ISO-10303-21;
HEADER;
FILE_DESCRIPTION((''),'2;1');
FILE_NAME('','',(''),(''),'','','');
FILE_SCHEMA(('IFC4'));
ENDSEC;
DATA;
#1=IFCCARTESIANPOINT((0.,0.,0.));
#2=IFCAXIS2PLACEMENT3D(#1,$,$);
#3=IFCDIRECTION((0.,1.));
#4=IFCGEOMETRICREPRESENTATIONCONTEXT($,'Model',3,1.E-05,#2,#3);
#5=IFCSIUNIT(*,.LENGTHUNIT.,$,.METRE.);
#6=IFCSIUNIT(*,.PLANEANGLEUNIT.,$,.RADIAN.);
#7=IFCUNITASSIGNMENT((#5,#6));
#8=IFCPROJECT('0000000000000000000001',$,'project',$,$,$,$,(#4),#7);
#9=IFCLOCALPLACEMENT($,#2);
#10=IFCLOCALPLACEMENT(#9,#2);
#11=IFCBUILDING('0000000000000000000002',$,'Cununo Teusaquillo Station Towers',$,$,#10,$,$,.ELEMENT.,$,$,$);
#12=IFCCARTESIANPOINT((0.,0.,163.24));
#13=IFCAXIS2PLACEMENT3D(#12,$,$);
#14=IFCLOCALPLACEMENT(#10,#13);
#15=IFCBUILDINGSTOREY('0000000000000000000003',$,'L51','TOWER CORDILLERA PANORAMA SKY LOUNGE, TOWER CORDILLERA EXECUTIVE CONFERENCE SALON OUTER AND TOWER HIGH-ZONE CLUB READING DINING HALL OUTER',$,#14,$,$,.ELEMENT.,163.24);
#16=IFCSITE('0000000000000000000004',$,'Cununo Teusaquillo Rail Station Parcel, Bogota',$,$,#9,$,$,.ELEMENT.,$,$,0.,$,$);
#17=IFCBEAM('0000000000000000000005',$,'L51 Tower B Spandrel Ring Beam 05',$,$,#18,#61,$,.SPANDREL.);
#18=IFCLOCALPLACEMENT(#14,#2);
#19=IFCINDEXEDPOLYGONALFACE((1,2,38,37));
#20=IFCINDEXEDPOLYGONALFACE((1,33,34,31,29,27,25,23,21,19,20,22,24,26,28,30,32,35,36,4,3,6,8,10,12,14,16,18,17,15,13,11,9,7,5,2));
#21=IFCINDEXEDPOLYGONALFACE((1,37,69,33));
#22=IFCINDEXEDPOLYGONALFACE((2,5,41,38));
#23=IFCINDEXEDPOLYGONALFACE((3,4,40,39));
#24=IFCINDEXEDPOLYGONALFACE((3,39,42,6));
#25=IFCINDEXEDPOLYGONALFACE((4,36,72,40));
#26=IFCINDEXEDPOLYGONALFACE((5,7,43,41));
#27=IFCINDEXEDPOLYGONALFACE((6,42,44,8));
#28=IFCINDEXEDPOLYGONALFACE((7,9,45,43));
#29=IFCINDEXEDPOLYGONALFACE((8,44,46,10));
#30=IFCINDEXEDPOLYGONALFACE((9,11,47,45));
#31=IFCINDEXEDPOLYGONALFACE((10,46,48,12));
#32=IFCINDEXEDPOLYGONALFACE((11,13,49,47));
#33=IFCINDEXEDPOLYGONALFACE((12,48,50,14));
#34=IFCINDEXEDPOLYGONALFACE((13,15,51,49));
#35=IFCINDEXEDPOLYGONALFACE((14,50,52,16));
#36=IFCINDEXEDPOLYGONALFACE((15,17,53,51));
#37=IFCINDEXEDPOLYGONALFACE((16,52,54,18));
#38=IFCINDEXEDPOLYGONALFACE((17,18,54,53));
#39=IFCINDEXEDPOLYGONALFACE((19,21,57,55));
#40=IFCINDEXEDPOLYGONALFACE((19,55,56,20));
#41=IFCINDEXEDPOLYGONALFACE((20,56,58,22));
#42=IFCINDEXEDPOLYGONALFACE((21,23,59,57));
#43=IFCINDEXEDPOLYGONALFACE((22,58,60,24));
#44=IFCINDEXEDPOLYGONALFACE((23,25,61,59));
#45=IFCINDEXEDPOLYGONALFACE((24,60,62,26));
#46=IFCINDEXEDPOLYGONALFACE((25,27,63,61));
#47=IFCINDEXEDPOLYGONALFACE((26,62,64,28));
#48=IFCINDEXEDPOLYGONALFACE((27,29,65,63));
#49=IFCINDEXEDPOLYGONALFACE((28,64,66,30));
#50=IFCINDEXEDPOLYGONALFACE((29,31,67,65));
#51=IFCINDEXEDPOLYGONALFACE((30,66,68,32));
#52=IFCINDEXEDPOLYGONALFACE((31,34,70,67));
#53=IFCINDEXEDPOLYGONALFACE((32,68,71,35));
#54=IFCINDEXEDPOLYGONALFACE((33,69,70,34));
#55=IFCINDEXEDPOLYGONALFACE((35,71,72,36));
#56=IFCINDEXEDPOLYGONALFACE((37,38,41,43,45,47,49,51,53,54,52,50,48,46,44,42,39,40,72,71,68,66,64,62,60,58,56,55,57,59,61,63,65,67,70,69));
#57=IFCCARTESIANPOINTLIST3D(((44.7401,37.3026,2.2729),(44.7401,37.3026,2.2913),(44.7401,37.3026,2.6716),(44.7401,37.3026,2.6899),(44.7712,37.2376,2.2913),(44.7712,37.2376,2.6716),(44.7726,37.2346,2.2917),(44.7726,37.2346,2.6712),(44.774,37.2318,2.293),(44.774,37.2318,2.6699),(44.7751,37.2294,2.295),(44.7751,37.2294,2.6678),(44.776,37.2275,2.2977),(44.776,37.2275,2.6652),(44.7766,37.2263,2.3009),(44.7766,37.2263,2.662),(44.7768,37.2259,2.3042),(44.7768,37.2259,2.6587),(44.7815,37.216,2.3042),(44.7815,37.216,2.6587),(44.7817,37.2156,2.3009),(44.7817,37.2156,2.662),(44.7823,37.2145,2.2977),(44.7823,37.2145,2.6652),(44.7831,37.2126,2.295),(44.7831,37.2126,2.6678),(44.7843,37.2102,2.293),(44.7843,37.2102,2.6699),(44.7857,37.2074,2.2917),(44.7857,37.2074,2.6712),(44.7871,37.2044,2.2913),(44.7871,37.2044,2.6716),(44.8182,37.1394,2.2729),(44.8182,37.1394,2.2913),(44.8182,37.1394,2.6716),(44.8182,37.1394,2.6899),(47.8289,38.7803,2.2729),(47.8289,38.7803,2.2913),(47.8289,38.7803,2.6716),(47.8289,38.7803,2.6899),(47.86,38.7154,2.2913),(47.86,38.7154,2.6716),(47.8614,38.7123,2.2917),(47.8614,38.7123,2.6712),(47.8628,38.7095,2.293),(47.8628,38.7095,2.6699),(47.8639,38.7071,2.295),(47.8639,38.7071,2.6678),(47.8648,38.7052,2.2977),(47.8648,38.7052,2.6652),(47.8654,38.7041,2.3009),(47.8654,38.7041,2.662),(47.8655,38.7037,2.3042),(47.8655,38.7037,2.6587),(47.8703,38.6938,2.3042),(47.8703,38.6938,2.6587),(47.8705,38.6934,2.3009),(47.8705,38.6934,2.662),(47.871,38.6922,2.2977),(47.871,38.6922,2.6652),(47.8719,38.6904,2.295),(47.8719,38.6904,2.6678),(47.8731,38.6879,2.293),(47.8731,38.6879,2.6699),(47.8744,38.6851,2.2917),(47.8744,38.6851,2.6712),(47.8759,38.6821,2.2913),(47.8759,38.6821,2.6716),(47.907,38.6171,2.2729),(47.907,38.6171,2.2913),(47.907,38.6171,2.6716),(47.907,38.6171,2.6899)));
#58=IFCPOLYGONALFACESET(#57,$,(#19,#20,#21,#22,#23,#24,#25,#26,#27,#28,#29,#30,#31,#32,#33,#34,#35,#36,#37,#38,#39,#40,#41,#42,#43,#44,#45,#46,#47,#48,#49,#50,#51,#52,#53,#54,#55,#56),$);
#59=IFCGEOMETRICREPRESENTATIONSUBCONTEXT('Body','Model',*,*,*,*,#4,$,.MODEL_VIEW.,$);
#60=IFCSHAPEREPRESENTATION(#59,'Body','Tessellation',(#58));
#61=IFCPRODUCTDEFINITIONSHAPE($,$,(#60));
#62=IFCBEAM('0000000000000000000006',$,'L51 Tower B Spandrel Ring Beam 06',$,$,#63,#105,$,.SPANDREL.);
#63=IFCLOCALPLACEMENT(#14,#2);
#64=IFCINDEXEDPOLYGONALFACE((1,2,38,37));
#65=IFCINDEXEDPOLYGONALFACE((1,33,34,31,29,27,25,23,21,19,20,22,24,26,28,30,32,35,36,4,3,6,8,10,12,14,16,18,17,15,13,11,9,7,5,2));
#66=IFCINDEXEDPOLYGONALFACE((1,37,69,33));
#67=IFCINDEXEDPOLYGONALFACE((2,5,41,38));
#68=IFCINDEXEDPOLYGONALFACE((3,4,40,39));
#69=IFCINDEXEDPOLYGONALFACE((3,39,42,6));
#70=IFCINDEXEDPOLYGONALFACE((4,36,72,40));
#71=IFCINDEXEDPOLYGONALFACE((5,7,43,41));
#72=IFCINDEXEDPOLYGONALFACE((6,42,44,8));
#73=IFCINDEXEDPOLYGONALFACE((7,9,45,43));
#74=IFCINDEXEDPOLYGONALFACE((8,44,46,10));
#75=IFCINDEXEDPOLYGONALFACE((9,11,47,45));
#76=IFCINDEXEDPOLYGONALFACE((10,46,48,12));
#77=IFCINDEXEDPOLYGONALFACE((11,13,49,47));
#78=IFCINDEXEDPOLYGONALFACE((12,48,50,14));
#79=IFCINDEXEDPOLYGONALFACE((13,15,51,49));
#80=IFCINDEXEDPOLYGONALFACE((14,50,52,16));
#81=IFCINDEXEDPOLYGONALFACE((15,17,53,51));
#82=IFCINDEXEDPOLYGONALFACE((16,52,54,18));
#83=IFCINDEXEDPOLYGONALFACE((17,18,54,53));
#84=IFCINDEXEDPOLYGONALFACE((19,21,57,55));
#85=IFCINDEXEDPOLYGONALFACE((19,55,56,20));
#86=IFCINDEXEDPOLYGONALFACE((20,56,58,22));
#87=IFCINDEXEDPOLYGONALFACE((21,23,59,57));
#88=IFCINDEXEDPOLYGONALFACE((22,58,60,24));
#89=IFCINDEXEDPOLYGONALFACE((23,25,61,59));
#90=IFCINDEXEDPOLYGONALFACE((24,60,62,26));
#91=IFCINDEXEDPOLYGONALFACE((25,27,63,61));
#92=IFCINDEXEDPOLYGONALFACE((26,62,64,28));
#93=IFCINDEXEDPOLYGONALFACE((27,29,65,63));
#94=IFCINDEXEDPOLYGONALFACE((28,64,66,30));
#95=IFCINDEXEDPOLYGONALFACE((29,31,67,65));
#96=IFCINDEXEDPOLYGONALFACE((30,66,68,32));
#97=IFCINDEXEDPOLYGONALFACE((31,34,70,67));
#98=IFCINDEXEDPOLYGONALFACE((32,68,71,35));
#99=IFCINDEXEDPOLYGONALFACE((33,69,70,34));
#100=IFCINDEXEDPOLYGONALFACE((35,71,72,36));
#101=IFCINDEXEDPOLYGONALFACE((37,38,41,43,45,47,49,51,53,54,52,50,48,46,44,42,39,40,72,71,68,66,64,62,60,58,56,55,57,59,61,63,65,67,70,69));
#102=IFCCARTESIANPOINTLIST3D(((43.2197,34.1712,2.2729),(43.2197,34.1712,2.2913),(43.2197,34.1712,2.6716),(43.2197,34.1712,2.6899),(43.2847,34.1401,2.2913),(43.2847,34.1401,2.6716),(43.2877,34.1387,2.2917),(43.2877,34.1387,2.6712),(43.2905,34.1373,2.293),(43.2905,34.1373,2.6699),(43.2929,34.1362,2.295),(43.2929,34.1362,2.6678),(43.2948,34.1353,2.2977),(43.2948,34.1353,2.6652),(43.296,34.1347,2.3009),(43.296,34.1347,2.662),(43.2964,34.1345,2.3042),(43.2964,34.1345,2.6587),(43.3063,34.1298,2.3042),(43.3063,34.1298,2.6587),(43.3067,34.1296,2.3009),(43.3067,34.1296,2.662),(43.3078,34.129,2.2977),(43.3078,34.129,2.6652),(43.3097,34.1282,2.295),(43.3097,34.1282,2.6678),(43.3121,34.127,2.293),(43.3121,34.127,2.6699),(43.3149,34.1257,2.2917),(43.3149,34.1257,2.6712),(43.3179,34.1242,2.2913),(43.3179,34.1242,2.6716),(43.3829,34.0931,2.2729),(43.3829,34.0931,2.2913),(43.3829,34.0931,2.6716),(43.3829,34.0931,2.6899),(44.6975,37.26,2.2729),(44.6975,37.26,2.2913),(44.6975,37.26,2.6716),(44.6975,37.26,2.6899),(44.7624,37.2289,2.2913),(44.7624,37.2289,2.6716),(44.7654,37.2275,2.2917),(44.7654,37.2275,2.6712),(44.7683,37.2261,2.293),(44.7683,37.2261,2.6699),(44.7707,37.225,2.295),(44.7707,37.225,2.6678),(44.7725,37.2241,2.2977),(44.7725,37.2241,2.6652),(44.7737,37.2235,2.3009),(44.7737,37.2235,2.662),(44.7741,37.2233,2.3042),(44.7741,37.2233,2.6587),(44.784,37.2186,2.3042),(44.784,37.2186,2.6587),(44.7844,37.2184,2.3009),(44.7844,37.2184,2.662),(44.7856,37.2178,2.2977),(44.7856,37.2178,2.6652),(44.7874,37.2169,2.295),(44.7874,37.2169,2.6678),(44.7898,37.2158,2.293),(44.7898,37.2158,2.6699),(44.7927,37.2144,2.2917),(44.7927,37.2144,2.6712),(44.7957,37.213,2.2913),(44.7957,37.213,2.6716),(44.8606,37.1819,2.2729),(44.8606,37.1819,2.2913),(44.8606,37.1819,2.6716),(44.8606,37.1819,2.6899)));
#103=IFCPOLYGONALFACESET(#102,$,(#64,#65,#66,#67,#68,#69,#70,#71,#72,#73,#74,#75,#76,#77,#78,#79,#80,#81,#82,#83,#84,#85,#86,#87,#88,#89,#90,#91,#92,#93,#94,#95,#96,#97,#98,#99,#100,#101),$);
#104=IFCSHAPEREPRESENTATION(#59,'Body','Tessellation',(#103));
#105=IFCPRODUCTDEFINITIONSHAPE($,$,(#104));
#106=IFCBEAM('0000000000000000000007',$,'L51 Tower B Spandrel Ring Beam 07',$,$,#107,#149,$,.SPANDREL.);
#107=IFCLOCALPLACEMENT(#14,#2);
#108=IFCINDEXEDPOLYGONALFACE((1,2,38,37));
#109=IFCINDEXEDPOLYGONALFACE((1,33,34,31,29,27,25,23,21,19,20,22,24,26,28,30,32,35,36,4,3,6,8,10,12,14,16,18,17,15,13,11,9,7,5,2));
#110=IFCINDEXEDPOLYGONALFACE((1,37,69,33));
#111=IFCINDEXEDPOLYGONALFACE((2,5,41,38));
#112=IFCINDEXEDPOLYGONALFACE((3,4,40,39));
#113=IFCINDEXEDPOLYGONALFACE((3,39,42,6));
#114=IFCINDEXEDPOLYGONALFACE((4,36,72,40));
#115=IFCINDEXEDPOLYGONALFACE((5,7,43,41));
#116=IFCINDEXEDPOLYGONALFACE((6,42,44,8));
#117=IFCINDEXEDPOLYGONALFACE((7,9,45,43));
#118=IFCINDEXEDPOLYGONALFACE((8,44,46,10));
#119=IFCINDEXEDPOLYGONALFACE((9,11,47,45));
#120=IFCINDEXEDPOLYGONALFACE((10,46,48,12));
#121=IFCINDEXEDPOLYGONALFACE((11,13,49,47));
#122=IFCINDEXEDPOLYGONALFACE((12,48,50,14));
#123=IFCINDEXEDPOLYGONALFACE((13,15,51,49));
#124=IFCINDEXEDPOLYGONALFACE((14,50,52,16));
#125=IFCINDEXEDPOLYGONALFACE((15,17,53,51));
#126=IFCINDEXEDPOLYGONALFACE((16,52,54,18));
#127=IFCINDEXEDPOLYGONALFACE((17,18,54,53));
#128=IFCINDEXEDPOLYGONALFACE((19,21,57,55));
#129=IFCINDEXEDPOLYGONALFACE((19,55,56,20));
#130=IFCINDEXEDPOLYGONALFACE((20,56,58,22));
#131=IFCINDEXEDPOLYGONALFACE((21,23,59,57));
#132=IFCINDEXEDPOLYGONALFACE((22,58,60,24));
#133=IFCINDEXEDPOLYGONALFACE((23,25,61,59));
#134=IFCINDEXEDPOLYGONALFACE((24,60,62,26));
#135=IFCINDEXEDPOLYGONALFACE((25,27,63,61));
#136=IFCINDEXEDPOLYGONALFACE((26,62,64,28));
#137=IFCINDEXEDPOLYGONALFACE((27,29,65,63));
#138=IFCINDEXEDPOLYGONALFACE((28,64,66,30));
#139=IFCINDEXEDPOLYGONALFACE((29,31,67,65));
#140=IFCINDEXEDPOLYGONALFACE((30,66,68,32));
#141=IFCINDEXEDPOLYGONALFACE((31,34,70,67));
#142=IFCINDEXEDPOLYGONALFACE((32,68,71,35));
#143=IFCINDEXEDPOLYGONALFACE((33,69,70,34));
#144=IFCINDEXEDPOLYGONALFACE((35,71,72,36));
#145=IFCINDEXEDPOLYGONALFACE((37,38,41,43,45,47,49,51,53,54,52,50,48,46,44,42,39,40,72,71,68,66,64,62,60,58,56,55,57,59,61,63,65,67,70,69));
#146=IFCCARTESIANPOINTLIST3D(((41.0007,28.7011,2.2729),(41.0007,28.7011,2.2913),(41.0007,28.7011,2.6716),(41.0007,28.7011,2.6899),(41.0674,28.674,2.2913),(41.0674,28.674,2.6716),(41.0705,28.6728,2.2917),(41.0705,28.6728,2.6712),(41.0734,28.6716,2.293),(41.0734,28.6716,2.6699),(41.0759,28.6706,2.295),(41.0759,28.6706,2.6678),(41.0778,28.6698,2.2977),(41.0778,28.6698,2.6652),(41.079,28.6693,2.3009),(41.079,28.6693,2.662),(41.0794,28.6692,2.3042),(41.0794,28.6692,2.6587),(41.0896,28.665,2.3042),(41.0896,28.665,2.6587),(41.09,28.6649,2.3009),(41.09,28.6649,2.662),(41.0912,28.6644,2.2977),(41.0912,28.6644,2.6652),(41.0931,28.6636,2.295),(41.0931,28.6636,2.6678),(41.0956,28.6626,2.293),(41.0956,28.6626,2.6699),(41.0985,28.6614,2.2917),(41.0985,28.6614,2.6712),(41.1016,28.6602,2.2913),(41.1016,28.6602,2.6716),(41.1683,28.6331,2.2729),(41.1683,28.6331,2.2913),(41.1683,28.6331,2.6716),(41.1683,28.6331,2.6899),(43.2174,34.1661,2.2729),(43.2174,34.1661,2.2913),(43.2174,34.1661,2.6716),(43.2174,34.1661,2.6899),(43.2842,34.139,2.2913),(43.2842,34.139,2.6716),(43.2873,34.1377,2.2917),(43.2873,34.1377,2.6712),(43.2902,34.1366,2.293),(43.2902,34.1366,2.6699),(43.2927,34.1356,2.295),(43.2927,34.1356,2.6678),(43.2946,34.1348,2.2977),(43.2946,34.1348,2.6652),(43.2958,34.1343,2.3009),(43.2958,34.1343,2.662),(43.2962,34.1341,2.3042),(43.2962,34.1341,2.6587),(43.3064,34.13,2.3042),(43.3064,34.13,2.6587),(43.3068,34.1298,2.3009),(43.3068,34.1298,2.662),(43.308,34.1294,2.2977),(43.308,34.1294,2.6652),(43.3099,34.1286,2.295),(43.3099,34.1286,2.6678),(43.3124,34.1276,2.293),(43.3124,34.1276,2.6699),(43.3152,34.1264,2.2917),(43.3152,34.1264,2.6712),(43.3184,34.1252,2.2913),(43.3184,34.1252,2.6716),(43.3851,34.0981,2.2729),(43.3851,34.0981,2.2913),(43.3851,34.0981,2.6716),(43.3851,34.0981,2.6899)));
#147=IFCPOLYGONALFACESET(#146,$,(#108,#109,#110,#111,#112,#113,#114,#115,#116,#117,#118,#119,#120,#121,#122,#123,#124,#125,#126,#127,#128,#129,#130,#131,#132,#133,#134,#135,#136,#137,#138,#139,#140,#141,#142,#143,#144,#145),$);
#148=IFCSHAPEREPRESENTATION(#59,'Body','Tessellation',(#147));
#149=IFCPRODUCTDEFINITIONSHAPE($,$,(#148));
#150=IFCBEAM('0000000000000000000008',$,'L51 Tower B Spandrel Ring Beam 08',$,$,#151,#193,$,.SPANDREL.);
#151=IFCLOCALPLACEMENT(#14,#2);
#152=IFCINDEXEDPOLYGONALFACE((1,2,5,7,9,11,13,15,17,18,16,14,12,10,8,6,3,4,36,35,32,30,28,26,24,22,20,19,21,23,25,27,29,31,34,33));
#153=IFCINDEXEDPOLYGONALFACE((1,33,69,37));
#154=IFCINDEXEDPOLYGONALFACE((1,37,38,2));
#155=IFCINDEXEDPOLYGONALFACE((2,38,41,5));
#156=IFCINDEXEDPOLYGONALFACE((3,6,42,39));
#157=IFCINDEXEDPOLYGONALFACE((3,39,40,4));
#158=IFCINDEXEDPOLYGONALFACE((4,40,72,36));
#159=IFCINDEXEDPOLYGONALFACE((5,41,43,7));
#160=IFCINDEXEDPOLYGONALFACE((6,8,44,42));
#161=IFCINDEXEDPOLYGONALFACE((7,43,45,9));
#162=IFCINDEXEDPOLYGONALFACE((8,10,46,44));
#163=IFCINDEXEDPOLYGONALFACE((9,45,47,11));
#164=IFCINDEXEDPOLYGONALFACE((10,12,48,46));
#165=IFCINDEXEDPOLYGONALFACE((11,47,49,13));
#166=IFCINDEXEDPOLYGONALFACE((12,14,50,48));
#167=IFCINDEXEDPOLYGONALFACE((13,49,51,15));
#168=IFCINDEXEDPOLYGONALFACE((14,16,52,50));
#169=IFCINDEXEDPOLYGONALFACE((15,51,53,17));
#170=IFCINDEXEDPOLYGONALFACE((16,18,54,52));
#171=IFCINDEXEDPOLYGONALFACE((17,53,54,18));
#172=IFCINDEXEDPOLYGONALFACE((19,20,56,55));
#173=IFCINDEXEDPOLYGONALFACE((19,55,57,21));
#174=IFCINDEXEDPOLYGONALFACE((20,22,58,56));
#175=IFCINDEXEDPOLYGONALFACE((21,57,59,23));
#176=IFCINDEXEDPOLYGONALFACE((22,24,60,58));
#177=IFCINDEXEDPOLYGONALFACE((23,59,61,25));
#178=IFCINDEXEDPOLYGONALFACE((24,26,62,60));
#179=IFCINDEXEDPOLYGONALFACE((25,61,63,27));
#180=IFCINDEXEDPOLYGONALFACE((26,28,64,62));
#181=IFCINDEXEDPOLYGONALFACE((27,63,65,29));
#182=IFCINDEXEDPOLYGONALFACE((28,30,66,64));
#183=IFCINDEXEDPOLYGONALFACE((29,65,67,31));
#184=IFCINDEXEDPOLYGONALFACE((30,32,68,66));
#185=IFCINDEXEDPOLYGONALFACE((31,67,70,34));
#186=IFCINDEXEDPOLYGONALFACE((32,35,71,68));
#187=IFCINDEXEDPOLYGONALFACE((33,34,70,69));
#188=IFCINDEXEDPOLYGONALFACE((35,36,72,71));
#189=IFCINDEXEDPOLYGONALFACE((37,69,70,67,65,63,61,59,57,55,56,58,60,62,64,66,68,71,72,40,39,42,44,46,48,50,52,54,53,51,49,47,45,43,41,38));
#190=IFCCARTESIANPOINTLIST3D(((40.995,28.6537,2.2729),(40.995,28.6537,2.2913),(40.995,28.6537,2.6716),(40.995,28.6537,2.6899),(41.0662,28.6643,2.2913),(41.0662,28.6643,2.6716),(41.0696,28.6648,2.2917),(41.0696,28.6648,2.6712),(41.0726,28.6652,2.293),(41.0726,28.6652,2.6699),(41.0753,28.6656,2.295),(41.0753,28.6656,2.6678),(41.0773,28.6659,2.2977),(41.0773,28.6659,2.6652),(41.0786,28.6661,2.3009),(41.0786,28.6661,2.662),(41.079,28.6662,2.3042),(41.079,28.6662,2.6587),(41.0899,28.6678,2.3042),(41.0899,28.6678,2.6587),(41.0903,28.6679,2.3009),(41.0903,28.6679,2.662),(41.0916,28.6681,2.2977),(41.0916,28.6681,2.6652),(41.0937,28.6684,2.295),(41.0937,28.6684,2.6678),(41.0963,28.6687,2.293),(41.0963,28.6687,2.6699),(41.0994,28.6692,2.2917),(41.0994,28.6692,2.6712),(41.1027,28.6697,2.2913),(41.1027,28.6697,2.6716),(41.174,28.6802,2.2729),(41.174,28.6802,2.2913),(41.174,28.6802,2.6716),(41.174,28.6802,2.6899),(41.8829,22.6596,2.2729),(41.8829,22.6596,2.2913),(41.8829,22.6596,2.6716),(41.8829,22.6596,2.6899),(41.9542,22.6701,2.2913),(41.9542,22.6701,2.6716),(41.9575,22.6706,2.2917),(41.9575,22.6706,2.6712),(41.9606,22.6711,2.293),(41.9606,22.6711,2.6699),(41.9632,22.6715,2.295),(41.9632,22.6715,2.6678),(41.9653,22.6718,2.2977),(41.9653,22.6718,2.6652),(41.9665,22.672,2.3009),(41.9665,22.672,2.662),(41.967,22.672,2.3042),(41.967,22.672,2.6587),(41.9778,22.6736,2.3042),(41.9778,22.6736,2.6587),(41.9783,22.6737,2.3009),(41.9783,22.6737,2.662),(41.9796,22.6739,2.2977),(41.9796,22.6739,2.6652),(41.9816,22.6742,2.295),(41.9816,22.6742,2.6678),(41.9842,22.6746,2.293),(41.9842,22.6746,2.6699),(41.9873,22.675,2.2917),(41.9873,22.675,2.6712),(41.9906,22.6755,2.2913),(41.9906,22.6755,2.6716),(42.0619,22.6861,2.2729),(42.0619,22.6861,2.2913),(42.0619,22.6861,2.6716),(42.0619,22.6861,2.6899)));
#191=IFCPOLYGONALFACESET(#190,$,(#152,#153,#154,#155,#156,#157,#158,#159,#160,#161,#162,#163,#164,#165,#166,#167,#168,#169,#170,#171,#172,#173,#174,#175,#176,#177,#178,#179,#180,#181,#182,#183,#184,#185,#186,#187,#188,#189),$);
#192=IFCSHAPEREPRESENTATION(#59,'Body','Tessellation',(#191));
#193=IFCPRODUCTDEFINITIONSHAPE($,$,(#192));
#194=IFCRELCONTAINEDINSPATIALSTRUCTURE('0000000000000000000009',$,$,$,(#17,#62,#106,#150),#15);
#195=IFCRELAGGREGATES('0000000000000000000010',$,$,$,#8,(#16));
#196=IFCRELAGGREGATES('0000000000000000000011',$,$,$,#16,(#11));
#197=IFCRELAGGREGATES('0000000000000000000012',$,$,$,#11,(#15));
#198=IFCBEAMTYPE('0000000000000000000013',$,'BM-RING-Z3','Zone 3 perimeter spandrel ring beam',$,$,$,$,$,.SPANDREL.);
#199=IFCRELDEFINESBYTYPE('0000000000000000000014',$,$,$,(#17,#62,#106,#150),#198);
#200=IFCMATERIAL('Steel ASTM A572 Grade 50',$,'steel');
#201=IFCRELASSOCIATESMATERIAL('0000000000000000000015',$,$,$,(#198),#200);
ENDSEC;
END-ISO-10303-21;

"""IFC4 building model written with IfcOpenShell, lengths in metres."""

from ifc_helpers import new_model, si_unit, direction, frame, origin, origin_2d, place, context, subcontext, project, spatial, i_section, extrude, material, material_profile, profile_set, type_object, element, save


model = new_model("IFC4")

# Units and contexts
model_context = context("Model", 3, precision=1e-05, world=origin(), true_north=direction((0.0, 1.0)))
body_context = subcontext(model_context, "Body", "Model", "MODEL_VIEW")
ifc_project = project(units=[si_unit("LENGTHUNIT", "METRE"), si_unit("PLANEANGLEUNIT", "RADIAN")], contexts=[model_context])

# Site, building, storey
site_placement = place(None, origin())
site = spatial("IfcSite", under=ifc_project, at=site_placement, Name="Cununo Teusaquillo Rail Station Parcel, Bogota", CompositionType="ELEMENT", RefElevation=0.0)
building_placement = place(site_placement, origin())
building = spatial("IfcBuilding", under=site, at=building_placement, Name="Cununo Teusaquillo Station Towers", CompositionType="ELEMENT")
storey_placement = place(building_placement, frame((0.0, 0.0, 163.24)))
storey = spatial("IfcBuildingStorey", under=building, at=storey_placement, Name="L51", Description="TOWER CORDILLERA PANORAMA SKY LOUNGE, TOWER CORDILLERA EXECUTIVE CONFERENCE SALON OUTER AND TOWER HIGH-ZONE CLUB READING DINING HALL OUTER", CompositionType="ELEMENT", Elevation=163.24)

# Beams
ifc_material_1 = material(Name="Steel ASTM A572 Grade 50", Category="steel")
ifc_material_profile_1 = material_profile(ifc_material_1, i_section(OverallWidth=0.1809, OverallDepth=0.417, WebThickness=0.011, FlangeThickness=0.0183, FilletRadius=0.0129, at=origin_2d()), Name="W16X57")
ifc_profile_set_1 = profile_set([ifc_material_profile_1], Name="Steel ASTM A572 Grade 50")
beam_type_1 = type_object("IfcBeamType", Name="BM-RING-Z3", Description="Zone 3 perimeter spandrel ring beam", PredefinedType="SPANDREL", material=ifc_profile_set_1)
for number, where, z_axis, x_axis, name in (
    (1, (47.8679, 38.6987, 2.4814), (-0.902078, -0.431574, 0.0), (0.431574, -0.902078, 0.0), "L51 Tower B Spandrel Ring Beam 05"),
    (2, (44.7791, 37.2209, 2.4814), (-0.431574, -0.902078, 0.0), (0.902078, -0.431574, 0.0), "L51 Tower B Spandrel Ring Beam 06"),
):
    element("IfcBeam", number, at=place(storey_placement, frame(where, z_axis=z_axis, x_axis=x_axis)), inside=storey, type_object=beam_type_1, Name=name, PredefinedType="SPANDREL", context=body_context, shape_type="SweptSolid", body=[
        extrude(i_section(OverallWidth=0.1809, OverallDepth=0.417, WebThickness=0.011, FlangeThickness=0.0183, FilletRadius=0.0129, at=origin_2d()), origin(), (0.0, 0.0, 1.0), 3.4241),
    ])
beam_1_placement = place(storey_placement, frame((43.3013, 34.1321, 2.4814), z_axis=(-0.375883, -0.926667, 0.0), x_axis=(0.926667, -0.375883, 0.0)))
element("IfcBeam", 3, at=beam_1_placement, inside=storey, type_object=beam_type_1, Name="L51 Tower B Spandrel Ring Beam 07", PredefinedType="SPANDREL", context=body_context, shape_type="SweptSolid", body=[
    extrude(i_section(OverallWidth=0.1809, OverallDepth=0.417, WebThickness=0.011, FlangeThickness=0.0183, FilletRadius=0.0129, at=origin_2d()), origin(), (0.0, 0.0, 1.0), 5.8975),
])
beam_2_placement = place(storey_placement, frame((41.0845, 28.667, 2.4814), z_axis=(0.146536, -0.989205, 0.0), x_axis=(0.989205, 0.146536, 0.0)))
element("IfcBeam", 4, at=beam_2_placement, inside=storey, type_object=beam_type_1, Name="L51 Tower B Spandrel Ring Beam 08", PredefinedType="SPANDREL", context=body_context, shape_type="SweptSolid", body=[
    extrude(i_section(OverallWidth=0.1809, OverallDepth=0.417, WebThickness=0.011, FlangeThickness=0.0183, FilletRadius=0.0129, at=origin_2d()), origin(), (0.0, 0.0, 1.0), 6.0596),
])

save(model, "model.ifc")
